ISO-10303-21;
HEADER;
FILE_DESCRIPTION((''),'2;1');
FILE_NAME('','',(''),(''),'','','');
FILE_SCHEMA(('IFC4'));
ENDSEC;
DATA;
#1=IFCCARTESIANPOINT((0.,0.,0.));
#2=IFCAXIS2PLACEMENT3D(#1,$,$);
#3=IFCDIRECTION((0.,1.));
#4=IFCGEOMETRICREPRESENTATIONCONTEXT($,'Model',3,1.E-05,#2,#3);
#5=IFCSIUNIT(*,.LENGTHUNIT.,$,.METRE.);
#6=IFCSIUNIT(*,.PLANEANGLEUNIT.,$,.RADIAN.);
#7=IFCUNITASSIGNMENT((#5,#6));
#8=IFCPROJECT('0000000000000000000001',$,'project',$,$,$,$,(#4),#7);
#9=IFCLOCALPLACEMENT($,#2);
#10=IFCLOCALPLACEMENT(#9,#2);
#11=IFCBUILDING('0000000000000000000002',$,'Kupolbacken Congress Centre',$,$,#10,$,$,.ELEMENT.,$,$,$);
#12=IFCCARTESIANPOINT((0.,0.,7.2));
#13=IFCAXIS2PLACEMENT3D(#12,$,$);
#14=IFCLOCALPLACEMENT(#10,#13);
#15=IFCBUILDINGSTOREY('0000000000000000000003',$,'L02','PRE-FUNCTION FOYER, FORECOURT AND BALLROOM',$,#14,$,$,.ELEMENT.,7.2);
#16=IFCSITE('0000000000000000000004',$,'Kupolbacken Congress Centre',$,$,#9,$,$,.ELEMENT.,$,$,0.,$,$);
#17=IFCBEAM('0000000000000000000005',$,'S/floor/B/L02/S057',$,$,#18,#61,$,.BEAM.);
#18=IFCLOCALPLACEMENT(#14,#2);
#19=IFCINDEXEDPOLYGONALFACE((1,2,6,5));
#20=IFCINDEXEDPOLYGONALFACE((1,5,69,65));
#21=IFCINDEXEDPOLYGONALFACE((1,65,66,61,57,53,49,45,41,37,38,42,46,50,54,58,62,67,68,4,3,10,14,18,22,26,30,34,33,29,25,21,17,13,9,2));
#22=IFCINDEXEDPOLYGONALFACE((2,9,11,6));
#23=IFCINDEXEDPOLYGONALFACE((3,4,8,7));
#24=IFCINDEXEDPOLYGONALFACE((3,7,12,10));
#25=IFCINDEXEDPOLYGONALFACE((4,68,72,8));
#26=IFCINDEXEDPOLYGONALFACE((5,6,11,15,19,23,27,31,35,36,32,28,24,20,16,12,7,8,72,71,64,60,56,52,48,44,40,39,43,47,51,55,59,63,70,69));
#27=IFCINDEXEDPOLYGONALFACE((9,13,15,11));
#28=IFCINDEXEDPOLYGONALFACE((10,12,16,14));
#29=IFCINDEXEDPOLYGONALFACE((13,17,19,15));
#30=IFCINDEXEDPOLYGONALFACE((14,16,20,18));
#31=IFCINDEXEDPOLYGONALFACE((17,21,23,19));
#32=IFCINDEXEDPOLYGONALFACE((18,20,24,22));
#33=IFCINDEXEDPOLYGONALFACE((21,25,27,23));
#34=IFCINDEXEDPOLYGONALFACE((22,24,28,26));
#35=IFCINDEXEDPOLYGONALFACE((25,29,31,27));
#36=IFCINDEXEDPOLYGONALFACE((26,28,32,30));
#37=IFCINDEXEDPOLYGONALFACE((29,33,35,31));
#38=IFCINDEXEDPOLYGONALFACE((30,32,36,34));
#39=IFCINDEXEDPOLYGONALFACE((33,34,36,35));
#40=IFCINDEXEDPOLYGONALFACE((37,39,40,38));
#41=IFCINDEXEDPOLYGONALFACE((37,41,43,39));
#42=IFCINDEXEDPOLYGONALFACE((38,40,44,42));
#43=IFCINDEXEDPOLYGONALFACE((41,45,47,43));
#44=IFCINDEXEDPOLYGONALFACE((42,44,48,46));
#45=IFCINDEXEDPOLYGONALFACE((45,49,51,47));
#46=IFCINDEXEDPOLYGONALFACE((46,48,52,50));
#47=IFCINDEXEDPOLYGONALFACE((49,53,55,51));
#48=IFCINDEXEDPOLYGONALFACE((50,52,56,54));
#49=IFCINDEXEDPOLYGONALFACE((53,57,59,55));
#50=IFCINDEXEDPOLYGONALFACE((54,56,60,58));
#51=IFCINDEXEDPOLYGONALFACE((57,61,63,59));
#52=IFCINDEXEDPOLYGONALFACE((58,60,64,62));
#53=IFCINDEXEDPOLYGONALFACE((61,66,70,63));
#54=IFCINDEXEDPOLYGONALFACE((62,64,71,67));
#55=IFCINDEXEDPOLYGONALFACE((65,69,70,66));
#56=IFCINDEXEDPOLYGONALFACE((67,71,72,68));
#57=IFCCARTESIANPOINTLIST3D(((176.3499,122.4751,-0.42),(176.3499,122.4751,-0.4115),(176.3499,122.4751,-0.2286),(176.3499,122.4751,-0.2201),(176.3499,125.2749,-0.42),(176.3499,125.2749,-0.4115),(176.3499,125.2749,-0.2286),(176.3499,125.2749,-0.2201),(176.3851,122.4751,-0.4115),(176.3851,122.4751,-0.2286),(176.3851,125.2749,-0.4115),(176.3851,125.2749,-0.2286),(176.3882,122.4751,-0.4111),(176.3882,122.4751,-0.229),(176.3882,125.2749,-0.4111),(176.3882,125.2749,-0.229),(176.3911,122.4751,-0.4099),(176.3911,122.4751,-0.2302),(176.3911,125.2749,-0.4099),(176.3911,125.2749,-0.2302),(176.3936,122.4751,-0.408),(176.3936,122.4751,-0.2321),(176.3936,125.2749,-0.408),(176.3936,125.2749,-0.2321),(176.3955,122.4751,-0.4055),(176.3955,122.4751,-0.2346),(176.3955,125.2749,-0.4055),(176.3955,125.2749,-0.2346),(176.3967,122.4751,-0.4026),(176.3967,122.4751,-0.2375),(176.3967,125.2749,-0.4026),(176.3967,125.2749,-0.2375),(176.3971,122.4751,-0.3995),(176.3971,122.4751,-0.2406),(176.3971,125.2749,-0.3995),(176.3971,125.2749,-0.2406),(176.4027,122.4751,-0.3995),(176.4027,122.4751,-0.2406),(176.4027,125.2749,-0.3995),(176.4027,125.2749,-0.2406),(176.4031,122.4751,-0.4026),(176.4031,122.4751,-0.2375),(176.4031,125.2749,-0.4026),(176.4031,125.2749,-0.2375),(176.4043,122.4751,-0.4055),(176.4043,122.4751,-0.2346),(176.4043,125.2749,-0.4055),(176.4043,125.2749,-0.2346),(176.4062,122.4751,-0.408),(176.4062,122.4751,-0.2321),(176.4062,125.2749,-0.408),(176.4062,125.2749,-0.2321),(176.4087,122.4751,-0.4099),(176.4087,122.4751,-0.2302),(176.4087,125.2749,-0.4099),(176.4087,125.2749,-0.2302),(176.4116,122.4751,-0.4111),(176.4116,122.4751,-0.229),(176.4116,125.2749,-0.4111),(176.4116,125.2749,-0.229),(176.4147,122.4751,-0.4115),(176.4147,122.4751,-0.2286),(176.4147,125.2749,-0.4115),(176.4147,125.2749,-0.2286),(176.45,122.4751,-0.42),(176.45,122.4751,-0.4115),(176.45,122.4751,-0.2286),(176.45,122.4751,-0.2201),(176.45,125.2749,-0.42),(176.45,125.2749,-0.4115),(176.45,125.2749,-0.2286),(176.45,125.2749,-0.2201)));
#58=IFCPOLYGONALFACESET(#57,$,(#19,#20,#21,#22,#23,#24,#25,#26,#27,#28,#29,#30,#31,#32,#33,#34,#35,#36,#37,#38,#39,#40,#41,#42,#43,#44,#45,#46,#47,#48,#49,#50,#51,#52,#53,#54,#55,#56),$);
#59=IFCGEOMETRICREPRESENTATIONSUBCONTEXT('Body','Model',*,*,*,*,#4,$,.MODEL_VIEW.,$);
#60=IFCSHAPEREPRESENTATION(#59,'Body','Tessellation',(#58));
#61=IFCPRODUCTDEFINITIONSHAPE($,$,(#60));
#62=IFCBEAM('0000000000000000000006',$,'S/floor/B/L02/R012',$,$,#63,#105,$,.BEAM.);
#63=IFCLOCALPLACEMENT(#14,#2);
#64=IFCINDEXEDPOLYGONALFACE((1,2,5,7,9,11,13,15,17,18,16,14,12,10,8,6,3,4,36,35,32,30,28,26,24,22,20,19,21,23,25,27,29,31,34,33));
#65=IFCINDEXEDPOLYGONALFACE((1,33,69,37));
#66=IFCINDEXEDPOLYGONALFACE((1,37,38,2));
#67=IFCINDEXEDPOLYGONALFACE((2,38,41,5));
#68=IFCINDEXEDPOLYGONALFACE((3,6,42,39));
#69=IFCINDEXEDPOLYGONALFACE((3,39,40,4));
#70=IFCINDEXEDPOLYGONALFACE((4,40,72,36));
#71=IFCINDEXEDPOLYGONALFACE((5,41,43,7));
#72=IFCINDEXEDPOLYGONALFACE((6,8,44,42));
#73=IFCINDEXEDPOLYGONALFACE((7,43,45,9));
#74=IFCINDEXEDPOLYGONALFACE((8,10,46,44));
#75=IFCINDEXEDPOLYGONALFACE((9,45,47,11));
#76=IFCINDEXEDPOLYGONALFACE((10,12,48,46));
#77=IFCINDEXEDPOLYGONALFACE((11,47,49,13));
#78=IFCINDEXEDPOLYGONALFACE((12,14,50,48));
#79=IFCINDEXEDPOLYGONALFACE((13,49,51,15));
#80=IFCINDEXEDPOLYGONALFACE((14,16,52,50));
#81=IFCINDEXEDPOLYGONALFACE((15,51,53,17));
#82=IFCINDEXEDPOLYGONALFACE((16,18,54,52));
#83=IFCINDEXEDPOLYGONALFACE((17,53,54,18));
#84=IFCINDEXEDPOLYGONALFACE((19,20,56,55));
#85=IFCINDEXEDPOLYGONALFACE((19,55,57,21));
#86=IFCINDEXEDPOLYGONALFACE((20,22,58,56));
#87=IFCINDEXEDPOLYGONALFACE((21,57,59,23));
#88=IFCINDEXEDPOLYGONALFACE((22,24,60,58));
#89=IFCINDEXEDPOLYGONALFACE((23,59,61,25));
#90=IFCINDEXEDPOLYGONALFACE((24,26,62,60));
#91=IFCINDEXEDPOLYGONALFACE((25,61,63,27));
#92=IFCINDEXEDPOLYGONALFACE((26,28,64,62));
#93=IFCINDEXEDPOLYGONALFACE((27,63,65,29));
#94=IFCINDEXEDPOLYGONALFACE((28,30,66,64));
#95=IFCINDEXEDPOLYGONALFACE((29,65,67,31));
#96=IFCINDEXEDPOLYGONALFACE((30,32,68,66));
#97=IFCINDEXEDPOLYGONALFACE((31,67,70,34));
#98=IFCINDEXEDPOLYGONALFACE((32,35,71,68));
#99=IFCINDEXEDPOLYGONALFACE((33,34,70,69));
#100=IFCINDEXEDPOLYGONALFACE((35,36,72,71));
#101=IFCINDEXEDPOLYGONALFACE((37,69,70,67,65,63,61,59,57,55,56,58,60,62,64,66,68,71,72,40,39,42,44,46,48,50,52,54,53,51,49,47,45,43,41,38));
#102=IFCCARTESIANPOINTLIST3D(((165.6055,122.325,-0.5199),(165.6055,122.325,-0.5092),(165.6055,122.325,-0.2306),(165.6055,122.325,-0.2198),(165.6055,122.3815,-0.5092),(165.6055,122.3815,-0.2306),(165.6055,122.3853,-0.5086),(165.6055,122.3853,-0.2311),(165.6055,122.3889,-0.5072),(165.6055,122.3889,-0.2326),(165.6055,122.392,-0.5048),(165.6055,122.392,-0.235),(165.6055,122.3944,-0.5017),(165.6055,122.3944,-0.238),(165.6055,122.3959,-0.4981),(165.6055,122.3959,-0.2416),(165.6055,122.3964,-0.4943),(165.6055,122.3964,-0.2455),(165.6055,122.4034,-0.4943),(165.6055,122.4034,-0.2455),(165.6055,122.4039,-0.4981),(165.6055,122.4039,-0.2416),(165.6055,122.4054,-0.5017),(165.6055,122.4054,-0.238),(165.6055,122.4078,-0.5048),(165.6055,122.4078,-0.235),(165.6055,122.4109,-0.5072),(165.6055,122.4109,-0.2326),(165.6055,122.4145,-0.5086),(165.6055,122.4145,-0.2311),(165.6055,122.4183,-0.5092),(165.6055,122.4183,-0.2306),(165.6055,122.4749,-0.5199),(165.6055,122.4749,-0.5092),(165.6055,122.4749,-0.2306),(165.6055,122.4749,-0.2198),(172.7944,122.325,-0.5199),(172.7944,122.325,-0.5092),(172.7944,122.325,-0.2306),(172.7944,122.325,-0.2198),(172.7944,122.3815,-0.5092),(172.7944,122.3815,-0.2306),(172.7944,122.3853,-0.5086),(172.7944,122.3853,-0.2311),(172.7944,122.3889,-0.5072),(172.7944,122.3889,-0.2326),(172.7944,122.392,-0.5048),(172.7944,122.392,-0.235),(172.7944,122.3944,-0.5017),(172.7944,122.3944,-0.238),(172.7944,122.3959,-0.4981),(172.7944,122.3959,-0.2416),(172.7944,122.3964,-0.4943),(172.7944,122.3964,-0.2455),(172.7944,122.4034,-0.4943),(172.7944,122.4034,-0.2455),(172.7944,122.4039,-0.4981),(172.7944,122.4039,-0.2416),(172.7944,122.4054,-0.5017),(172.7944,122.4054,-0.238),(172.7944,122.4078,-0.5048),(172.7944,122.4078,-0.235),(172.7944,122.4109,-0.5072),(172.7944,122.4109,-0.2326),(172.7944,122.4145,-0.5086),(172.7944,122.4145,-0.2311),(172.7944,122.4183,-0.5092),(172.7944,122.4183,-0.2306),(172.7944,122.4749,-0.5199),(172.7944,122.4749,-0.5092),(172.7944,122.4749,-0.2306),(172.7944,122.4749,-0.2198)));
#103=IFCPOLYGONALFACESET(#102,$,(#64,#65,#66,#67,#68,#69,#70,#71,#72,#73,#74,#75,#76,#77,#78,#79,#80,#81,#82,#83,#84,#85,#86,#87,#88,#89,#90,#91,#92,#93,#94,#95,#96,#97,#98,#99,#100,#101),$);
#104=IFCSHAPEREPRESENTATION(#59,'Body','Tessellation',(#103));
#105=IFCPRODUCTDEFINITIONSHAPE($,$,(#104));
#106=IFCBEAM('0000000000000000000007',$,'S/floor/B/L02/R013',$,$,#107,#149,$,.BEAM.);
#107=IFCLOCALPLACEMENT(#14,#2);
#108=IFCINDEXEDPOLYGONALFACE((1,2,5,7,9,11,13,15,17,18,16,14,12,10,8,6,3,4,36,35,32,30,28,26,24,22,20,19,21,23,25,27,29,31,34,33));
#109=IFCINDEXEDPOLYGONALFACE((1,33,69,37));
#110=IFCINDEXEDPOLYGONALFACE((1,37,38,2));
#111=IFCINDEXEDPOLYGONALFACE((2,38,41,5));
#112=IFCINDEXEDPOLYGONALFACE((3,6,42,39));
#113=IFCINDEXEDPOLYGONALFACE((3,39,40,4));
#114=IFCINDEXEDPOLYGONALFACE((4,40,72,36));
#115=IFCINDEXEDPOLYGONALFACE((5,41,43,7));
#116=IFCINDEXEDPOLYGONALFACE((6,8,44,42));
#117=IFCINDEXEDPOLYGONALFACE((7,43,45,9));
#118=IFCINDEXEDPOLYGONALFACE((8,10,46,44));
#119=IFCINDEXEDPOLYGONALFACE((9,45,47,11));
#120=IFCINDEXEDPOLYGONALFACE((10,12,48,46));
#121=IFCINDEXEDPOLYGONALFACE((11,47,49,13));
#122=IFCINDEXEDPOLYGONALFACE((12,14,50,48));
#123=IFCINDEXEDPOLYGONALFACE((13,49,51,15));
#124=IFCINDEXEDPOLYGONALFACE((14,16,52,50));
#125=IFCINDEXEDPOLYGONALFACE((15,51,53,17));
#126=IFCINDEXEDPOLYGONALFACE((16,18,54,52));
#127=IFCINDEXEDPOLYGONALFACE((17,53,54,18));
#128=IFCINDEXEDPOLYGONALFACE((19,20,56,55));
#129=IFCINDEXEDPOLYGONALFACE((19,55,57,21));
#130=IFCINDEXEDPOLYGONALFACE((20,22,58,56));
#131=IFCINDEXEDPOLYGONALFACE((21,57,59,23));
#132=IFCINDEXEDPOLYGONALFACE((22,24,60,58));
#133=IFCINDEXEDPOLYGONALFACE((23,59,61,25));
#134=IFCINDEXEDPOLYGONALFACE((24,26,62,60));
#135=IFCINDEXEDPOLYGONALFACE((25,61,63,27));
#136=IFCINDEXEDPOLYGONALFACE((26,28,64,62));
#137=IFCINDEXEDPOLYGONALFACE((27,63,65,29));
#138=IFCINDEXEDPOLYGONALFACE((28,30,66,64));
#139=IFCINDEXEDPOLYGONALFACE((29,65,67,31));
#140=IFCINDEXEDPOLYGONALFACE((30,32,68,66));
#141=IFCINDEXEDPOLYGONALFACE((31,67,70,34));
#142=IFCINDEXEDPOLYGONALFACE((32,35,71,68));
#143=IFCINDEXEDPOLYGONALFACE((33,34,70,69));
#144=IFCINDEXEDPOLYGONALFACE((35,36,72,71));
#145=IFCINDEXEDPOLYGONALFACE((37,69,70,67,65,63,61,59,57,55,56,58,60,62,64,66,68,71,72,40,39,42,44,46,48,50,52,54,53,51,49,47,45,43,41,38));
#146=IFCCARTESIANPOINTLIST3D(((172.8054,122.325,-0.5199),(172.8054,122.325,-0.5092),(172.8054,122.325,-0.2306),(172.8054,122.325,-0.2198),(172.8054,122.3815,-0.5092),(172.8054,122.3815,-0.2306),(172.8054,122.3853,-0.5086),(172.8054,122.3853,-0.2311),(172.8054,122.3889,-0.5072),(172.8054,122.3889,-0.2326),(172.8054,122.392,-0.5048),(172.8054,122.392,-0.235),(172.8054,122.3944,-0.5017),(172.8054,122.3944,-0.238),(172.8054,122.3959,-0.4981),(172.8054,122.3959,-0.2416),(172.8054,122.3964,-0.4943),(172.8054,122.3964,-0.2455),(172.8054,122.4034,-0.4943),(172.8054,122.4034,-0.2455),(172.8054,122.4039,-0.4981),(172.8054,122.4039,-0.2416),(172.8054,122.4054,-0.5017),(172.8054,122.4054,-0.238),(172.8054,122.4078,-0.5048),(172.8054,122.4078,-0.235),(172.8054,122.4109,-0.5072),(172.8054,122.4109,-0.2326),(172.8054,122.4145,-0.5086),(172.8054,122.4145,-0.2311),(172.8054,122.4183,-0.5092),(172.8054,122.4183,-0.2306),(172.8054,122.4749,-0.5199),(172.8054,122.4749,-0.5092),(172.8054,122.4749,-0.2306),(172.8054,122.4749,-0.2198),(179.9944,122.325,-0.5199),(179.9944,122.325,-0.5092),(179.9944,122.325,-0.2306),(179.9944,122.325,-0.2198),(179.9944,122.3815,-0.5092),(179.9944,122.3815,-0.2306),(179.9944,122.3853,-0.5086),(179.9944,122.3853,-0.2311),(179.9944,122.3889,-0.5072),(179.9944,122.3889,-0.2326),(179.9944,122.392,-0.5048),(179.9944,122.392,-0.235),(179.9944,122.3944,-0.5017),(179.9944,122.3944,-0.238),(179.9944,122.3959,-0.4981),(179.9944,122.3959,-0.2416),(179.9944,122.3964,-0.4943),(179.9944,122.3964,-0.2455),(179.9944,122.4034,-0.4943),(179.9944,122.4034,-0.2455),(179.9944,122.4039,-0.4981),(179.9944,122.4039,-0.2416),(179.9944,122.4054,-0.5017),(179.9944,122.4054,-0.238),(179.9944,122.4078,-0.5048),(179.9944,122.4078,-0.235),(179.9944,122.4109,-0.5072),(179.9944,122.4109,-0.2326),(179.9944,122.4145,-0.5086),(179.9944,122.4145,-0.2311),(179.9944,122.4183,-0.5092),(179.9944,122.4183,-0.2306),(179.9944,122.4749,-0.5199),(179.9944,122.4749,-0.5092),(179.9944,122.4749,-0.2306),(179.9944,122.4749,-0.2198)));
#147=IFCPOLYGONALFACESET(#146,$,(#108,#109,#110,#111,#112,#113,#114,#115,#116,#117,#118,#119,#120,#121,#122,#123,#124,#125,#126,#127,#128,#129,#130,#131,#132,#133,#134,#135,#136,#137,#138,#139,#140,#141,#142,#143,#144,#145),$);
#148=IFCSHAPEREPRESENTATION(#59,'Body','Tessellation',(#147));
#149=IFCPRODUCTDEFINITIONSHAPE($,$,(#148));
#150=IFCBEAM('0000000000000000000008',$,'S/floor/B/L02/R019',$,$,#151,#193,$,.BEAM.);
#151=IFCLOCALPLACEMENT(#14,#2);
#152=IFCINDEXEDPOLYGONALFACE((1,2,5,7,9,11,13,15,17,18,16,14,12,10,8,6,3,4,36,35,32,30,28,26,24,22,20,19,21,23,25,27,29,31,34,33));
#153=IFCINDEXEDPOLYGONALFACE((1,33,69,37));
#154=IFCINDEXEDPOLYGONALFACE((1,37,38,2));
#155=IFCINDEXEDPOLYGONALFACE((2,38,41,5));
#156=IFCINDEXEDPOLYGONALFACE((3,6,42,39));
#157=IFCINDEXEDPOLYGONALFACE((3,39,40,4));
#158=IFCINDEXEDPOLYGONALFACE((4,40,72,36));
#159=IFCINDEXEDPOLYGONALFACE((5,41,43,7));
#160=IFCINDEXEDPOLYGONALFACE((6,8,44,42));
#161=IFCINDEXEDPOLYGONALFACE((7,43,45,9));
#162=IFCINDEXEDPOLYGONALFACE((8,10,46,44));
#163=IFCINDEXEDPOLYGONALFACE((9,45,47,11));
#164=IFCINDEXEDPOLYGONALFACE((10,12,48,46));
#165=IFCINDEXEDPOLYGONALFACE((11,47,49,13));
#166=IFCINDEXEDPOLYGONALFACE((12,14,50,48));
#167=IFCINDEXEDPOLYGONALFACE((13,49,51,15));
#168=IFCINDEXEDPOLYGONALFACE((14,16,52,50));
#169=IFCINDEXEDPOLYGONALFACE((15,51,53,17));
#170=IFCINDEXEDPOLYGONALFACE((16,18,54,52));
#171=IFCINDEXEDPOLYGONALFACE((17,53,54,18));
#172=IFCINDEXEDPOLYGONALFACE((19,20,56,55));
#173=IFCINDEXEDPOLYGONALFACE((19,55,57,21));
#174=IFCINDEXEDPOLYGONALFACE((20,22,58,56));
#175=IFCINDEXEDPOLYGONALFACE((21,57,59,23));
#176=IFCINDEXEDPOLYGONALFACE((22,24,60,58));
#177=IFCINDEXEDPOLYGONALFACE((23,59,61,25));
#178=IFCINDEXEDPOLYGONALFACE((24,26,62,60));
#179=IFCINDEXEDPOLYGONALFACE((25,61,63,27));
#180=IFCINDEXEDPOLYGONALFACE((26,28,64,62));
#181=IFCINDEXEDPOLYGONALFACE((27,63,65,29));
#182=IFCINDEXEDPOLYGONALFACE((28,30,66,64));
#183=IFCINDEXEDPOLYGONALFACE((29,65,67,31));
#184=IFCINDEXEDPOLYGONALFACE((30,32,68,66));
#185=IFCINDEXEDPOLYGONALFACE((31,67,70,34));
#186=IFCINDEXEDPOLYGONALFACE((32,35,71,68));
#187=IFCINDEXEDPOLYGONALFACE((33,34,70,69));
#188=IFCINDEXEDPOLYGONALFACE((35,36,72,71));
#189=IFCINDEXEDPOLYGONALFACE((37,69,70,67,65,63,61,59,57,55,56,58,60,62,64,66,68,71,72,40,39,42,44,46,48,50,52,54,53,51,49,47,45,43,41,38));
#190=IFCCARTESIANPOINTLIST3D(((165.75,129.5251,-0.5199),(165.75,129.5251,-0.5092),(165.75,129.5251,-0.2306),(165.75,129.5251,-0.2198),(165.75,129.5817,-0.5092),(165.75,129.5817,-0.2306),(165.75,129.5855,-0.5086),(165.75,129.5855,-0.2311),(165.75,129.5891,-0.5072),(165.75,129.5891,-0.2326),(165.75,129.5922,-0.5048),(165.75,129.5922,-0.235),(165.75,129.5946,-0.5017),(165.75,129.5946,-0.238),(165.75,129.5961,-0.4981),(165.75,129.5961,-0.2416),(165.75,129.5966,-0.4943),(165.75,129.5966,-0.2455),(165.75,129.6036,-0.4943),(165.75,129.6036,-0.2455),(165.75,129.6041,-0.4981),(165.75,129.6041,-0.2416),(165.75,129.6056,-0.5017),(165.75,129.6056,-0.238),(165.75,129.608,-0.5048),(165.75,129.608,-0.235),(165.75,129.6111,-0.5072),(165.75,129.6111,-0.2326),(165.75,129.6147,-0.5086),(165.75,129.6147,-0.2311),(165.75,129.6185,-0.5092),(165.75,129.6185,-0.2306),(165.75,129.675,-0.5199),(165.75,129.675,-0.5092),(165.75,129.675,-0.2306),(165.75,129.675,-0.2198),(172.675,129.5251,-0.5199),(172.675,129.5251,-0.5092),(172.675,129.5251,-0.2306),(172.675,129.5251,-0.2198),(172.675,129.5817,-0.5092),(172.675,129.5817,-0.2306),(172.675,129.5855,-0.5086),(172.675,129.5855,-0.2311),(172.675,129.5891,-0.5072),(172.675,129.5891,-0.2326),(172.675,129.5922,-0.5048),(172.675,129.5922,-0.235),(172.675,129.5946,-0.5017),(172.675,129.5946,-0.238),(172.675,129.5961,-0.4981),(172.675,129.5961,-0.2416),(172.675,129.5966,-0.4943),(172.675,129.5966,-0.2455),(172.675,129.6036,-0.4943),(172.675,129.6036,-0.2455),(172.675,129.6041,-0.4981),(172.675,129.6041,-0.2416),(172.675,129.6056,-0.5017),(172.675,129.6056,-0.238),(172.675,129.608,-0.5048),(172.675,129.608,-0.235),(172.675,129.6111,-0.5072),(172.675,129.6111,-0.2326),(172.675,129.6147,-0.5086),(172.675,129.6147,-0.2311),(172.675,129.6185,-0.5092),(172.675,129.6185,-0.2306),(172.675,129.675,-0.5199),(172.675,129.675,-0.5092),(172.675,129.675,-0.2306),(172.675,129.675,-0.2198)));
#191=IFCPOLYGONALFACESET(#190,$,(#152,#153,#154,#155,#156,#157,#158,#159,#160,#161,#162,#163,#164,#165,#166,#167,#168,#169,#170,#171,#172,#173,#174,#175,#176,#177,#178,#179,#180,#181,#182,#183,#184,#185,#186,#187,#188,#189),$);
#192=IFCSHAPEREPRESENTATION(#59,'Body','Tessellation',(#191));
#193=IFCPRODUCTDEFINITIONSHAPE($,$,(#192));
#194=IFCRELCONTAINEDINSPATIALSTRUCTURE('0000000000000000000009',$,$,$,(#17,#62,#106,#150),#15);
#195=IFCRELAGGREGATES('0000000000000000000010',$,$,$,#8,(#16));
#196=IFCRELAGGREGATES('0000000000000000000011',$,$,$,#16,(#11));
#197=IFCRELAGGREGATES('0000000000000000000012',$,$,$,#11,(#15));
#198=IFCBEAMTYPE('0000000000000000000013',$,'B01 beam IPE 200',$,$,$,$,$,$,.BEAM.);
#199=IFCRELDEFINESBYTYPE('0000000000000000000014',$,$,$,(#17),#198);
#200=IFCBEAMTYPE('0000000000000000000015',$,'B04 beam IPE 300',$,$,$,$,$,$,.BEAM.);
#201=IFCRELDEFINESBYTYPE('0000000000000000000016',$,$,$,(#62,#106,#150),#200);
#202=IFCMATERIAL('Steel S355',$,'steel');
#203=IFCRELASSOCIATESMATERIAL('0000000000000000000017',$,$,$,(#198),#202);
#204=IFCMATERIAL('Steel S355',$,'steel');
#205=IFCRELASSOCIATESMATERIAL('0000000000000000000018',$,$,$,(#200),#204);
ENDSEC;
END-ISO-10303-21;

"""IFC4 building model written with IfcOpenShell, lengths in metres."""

from ifc_helpers import new_model, si_unit, direction, frame, origin, origin_2d, place, context, subcontext, project, spatial, i_section, extrude, material, material_profile, profile_set, type_object, element, save


model = new_model("IFC4")

# Units and contexts
model_context = context("Model", 3, precision=1e-05, world=origin(), true_north=direction((0.0, 1.0)))
body_context = subcontext(model_context, "Body", "Model", "MODEL_VIEW")
ifc_project = project(units=[si_unit("LENGTHUNIT", "METRE"), si_unit("PLANEANGLEUNIT", "RADIAN")], contexts=[model_context])

# Site, building, storey
site_placement = place(None, origin())
site = spatial("IfcSite", under=ifc_project, at=site_placement, Name="Kupolbacken Congress Centre", CompositionType="ELEMENT", RefElevation=0.0)
building_placement = place(site_placement, origin())
building = spatial("IfcBuilding", under=site, at=building_placement, Name="Kupolbacken Congress Centre", CompositionType="ELEMENT")
storey_placement = place(building_placement, frame((0.0, 0.0, 7.2)))
storey = spatial("IfcBuildingStorey", under=building, at=storey_placement, Name="L02", Description="PRE-FUNCTION FOYER, FORECOURT AND BALLROOM", CompositionType="ELEMENT", Elevation=7.2)

# Beams
ifc_material_1 = material(Name="Steel S355", Category="steel")
ifc_material_profile_1 = material_profile(ifc_material_1, i_section(OverallWidth=0.1001, OverallDepth=0.2, WebThickness=0.0056, FlangeThickness=0.0085, FilletRadius=0.012, at=origin_2d()), Name="IPE 200")
ifc_profile_set_1 = profile_set([ifc_material_profile_1], Name="Steel S355")
beam_type_1 = type_object("IfcBeamType", Name="B01 beam IPE 200", PredefinedType="BEAM", material=ifc_profile_set_1)
beam_1_placement = place(storey_placement, frame((176.3999, 122.4751, -0.3201), z_axis=(0.0, 1.0, 0.0), x_axis=(-1.0, 0.0, 0.0)))
element("IfcBeam", 1, at=beam_1_placement, inside=storey, type_object=beam_type_1, Name="S/floor/B/L02/S057", PredefinedType="BEAM", context=body_context, shape_type="SweptSolid", body=[
    extrude(i_section(OverallWidth=0.1001, OverallDepth=0.2, WebThickness=0.0056, FlangeThickness=0.0085, FilletRadius=0.012, at=origin_2d()), origin(), (0.0, 0.0, 1.0), 2.7998),
])
ifc_material_2 = material(Name="Steel S355", Category="steel")
ifc_material_profile_2 = material_profile(ifc_material_2, i_section(OverallWidth=0.1499, OverallDepth=0.3, WebThickness=0.0071, FlangeThickness=0.0107, FilletRadius=0.0149, at=origin_2d()), Name="IPE 300")
ifc_profile_set_2 = profile_set([ifc_material_profile_2], Name="Steel S355")
beam_type_2 = type_object("IfcBeamType", Name="B04 beam IPE 300", PredefinedType="BEAM", material=ifc_profile_set_2)
for number, where, z_axis, x_axis, name in (
    (2, (165.6055, 122.3999, -0.3699), (1.0, 0.0, 0.0), (0.0, 1.0, 0.0), "S/floor/B/L02/R012"),
    (3, (172.8054, 122.3999, -0.3699), (1.0, 0.0, 0.0), (0.0, 1.0, 0.0), "S/floor/B/L02/R013"),
):
    element("IfcBeam", number, at=place(storey_placement, frame(where, z_axis=z_axis, x_axis=x_axis)), inside=storey, type_object=beam_type_2, Name=name, PredefinedType="BEAM", context=body_context, shape_type="SweptSolid", body=[
        extrude(i_section(OverallWidth=0.1499, OverallDepth=0.3, WebThickness=0.0071, FlangeThickness=0.0107, FilletRadius=0.0149, at=origin_2d()), origin(), (0.0, 0.0, 1.0), 7.189),
    ])
beam_2_placement = place(storey_placement, frame((165.75, 129.6001, -0.3699), z_axis=(1.0, 0.0, 0.0), x_axis=(0.0, 1.0, 0.0)))
element("IfcBeam", 4, at=beam_2_placement, inside=storey, type_object=beam_type_2, Name="S/floor/B/L02/R019", PredefinedType="BEAM", context=body_context, shape_type="SweptSolid", body=[
    extrude(i_section(OverallWidth=0.1499, OverallDepth=0.3, WebThickness=0.0071, FlangeThickness=0.0107, FilletRadius=0.0149, at=origin_2d()), origin(), (0.0, 0.0, 1.0), 6.925),
])

save(model, "model.ifc")
